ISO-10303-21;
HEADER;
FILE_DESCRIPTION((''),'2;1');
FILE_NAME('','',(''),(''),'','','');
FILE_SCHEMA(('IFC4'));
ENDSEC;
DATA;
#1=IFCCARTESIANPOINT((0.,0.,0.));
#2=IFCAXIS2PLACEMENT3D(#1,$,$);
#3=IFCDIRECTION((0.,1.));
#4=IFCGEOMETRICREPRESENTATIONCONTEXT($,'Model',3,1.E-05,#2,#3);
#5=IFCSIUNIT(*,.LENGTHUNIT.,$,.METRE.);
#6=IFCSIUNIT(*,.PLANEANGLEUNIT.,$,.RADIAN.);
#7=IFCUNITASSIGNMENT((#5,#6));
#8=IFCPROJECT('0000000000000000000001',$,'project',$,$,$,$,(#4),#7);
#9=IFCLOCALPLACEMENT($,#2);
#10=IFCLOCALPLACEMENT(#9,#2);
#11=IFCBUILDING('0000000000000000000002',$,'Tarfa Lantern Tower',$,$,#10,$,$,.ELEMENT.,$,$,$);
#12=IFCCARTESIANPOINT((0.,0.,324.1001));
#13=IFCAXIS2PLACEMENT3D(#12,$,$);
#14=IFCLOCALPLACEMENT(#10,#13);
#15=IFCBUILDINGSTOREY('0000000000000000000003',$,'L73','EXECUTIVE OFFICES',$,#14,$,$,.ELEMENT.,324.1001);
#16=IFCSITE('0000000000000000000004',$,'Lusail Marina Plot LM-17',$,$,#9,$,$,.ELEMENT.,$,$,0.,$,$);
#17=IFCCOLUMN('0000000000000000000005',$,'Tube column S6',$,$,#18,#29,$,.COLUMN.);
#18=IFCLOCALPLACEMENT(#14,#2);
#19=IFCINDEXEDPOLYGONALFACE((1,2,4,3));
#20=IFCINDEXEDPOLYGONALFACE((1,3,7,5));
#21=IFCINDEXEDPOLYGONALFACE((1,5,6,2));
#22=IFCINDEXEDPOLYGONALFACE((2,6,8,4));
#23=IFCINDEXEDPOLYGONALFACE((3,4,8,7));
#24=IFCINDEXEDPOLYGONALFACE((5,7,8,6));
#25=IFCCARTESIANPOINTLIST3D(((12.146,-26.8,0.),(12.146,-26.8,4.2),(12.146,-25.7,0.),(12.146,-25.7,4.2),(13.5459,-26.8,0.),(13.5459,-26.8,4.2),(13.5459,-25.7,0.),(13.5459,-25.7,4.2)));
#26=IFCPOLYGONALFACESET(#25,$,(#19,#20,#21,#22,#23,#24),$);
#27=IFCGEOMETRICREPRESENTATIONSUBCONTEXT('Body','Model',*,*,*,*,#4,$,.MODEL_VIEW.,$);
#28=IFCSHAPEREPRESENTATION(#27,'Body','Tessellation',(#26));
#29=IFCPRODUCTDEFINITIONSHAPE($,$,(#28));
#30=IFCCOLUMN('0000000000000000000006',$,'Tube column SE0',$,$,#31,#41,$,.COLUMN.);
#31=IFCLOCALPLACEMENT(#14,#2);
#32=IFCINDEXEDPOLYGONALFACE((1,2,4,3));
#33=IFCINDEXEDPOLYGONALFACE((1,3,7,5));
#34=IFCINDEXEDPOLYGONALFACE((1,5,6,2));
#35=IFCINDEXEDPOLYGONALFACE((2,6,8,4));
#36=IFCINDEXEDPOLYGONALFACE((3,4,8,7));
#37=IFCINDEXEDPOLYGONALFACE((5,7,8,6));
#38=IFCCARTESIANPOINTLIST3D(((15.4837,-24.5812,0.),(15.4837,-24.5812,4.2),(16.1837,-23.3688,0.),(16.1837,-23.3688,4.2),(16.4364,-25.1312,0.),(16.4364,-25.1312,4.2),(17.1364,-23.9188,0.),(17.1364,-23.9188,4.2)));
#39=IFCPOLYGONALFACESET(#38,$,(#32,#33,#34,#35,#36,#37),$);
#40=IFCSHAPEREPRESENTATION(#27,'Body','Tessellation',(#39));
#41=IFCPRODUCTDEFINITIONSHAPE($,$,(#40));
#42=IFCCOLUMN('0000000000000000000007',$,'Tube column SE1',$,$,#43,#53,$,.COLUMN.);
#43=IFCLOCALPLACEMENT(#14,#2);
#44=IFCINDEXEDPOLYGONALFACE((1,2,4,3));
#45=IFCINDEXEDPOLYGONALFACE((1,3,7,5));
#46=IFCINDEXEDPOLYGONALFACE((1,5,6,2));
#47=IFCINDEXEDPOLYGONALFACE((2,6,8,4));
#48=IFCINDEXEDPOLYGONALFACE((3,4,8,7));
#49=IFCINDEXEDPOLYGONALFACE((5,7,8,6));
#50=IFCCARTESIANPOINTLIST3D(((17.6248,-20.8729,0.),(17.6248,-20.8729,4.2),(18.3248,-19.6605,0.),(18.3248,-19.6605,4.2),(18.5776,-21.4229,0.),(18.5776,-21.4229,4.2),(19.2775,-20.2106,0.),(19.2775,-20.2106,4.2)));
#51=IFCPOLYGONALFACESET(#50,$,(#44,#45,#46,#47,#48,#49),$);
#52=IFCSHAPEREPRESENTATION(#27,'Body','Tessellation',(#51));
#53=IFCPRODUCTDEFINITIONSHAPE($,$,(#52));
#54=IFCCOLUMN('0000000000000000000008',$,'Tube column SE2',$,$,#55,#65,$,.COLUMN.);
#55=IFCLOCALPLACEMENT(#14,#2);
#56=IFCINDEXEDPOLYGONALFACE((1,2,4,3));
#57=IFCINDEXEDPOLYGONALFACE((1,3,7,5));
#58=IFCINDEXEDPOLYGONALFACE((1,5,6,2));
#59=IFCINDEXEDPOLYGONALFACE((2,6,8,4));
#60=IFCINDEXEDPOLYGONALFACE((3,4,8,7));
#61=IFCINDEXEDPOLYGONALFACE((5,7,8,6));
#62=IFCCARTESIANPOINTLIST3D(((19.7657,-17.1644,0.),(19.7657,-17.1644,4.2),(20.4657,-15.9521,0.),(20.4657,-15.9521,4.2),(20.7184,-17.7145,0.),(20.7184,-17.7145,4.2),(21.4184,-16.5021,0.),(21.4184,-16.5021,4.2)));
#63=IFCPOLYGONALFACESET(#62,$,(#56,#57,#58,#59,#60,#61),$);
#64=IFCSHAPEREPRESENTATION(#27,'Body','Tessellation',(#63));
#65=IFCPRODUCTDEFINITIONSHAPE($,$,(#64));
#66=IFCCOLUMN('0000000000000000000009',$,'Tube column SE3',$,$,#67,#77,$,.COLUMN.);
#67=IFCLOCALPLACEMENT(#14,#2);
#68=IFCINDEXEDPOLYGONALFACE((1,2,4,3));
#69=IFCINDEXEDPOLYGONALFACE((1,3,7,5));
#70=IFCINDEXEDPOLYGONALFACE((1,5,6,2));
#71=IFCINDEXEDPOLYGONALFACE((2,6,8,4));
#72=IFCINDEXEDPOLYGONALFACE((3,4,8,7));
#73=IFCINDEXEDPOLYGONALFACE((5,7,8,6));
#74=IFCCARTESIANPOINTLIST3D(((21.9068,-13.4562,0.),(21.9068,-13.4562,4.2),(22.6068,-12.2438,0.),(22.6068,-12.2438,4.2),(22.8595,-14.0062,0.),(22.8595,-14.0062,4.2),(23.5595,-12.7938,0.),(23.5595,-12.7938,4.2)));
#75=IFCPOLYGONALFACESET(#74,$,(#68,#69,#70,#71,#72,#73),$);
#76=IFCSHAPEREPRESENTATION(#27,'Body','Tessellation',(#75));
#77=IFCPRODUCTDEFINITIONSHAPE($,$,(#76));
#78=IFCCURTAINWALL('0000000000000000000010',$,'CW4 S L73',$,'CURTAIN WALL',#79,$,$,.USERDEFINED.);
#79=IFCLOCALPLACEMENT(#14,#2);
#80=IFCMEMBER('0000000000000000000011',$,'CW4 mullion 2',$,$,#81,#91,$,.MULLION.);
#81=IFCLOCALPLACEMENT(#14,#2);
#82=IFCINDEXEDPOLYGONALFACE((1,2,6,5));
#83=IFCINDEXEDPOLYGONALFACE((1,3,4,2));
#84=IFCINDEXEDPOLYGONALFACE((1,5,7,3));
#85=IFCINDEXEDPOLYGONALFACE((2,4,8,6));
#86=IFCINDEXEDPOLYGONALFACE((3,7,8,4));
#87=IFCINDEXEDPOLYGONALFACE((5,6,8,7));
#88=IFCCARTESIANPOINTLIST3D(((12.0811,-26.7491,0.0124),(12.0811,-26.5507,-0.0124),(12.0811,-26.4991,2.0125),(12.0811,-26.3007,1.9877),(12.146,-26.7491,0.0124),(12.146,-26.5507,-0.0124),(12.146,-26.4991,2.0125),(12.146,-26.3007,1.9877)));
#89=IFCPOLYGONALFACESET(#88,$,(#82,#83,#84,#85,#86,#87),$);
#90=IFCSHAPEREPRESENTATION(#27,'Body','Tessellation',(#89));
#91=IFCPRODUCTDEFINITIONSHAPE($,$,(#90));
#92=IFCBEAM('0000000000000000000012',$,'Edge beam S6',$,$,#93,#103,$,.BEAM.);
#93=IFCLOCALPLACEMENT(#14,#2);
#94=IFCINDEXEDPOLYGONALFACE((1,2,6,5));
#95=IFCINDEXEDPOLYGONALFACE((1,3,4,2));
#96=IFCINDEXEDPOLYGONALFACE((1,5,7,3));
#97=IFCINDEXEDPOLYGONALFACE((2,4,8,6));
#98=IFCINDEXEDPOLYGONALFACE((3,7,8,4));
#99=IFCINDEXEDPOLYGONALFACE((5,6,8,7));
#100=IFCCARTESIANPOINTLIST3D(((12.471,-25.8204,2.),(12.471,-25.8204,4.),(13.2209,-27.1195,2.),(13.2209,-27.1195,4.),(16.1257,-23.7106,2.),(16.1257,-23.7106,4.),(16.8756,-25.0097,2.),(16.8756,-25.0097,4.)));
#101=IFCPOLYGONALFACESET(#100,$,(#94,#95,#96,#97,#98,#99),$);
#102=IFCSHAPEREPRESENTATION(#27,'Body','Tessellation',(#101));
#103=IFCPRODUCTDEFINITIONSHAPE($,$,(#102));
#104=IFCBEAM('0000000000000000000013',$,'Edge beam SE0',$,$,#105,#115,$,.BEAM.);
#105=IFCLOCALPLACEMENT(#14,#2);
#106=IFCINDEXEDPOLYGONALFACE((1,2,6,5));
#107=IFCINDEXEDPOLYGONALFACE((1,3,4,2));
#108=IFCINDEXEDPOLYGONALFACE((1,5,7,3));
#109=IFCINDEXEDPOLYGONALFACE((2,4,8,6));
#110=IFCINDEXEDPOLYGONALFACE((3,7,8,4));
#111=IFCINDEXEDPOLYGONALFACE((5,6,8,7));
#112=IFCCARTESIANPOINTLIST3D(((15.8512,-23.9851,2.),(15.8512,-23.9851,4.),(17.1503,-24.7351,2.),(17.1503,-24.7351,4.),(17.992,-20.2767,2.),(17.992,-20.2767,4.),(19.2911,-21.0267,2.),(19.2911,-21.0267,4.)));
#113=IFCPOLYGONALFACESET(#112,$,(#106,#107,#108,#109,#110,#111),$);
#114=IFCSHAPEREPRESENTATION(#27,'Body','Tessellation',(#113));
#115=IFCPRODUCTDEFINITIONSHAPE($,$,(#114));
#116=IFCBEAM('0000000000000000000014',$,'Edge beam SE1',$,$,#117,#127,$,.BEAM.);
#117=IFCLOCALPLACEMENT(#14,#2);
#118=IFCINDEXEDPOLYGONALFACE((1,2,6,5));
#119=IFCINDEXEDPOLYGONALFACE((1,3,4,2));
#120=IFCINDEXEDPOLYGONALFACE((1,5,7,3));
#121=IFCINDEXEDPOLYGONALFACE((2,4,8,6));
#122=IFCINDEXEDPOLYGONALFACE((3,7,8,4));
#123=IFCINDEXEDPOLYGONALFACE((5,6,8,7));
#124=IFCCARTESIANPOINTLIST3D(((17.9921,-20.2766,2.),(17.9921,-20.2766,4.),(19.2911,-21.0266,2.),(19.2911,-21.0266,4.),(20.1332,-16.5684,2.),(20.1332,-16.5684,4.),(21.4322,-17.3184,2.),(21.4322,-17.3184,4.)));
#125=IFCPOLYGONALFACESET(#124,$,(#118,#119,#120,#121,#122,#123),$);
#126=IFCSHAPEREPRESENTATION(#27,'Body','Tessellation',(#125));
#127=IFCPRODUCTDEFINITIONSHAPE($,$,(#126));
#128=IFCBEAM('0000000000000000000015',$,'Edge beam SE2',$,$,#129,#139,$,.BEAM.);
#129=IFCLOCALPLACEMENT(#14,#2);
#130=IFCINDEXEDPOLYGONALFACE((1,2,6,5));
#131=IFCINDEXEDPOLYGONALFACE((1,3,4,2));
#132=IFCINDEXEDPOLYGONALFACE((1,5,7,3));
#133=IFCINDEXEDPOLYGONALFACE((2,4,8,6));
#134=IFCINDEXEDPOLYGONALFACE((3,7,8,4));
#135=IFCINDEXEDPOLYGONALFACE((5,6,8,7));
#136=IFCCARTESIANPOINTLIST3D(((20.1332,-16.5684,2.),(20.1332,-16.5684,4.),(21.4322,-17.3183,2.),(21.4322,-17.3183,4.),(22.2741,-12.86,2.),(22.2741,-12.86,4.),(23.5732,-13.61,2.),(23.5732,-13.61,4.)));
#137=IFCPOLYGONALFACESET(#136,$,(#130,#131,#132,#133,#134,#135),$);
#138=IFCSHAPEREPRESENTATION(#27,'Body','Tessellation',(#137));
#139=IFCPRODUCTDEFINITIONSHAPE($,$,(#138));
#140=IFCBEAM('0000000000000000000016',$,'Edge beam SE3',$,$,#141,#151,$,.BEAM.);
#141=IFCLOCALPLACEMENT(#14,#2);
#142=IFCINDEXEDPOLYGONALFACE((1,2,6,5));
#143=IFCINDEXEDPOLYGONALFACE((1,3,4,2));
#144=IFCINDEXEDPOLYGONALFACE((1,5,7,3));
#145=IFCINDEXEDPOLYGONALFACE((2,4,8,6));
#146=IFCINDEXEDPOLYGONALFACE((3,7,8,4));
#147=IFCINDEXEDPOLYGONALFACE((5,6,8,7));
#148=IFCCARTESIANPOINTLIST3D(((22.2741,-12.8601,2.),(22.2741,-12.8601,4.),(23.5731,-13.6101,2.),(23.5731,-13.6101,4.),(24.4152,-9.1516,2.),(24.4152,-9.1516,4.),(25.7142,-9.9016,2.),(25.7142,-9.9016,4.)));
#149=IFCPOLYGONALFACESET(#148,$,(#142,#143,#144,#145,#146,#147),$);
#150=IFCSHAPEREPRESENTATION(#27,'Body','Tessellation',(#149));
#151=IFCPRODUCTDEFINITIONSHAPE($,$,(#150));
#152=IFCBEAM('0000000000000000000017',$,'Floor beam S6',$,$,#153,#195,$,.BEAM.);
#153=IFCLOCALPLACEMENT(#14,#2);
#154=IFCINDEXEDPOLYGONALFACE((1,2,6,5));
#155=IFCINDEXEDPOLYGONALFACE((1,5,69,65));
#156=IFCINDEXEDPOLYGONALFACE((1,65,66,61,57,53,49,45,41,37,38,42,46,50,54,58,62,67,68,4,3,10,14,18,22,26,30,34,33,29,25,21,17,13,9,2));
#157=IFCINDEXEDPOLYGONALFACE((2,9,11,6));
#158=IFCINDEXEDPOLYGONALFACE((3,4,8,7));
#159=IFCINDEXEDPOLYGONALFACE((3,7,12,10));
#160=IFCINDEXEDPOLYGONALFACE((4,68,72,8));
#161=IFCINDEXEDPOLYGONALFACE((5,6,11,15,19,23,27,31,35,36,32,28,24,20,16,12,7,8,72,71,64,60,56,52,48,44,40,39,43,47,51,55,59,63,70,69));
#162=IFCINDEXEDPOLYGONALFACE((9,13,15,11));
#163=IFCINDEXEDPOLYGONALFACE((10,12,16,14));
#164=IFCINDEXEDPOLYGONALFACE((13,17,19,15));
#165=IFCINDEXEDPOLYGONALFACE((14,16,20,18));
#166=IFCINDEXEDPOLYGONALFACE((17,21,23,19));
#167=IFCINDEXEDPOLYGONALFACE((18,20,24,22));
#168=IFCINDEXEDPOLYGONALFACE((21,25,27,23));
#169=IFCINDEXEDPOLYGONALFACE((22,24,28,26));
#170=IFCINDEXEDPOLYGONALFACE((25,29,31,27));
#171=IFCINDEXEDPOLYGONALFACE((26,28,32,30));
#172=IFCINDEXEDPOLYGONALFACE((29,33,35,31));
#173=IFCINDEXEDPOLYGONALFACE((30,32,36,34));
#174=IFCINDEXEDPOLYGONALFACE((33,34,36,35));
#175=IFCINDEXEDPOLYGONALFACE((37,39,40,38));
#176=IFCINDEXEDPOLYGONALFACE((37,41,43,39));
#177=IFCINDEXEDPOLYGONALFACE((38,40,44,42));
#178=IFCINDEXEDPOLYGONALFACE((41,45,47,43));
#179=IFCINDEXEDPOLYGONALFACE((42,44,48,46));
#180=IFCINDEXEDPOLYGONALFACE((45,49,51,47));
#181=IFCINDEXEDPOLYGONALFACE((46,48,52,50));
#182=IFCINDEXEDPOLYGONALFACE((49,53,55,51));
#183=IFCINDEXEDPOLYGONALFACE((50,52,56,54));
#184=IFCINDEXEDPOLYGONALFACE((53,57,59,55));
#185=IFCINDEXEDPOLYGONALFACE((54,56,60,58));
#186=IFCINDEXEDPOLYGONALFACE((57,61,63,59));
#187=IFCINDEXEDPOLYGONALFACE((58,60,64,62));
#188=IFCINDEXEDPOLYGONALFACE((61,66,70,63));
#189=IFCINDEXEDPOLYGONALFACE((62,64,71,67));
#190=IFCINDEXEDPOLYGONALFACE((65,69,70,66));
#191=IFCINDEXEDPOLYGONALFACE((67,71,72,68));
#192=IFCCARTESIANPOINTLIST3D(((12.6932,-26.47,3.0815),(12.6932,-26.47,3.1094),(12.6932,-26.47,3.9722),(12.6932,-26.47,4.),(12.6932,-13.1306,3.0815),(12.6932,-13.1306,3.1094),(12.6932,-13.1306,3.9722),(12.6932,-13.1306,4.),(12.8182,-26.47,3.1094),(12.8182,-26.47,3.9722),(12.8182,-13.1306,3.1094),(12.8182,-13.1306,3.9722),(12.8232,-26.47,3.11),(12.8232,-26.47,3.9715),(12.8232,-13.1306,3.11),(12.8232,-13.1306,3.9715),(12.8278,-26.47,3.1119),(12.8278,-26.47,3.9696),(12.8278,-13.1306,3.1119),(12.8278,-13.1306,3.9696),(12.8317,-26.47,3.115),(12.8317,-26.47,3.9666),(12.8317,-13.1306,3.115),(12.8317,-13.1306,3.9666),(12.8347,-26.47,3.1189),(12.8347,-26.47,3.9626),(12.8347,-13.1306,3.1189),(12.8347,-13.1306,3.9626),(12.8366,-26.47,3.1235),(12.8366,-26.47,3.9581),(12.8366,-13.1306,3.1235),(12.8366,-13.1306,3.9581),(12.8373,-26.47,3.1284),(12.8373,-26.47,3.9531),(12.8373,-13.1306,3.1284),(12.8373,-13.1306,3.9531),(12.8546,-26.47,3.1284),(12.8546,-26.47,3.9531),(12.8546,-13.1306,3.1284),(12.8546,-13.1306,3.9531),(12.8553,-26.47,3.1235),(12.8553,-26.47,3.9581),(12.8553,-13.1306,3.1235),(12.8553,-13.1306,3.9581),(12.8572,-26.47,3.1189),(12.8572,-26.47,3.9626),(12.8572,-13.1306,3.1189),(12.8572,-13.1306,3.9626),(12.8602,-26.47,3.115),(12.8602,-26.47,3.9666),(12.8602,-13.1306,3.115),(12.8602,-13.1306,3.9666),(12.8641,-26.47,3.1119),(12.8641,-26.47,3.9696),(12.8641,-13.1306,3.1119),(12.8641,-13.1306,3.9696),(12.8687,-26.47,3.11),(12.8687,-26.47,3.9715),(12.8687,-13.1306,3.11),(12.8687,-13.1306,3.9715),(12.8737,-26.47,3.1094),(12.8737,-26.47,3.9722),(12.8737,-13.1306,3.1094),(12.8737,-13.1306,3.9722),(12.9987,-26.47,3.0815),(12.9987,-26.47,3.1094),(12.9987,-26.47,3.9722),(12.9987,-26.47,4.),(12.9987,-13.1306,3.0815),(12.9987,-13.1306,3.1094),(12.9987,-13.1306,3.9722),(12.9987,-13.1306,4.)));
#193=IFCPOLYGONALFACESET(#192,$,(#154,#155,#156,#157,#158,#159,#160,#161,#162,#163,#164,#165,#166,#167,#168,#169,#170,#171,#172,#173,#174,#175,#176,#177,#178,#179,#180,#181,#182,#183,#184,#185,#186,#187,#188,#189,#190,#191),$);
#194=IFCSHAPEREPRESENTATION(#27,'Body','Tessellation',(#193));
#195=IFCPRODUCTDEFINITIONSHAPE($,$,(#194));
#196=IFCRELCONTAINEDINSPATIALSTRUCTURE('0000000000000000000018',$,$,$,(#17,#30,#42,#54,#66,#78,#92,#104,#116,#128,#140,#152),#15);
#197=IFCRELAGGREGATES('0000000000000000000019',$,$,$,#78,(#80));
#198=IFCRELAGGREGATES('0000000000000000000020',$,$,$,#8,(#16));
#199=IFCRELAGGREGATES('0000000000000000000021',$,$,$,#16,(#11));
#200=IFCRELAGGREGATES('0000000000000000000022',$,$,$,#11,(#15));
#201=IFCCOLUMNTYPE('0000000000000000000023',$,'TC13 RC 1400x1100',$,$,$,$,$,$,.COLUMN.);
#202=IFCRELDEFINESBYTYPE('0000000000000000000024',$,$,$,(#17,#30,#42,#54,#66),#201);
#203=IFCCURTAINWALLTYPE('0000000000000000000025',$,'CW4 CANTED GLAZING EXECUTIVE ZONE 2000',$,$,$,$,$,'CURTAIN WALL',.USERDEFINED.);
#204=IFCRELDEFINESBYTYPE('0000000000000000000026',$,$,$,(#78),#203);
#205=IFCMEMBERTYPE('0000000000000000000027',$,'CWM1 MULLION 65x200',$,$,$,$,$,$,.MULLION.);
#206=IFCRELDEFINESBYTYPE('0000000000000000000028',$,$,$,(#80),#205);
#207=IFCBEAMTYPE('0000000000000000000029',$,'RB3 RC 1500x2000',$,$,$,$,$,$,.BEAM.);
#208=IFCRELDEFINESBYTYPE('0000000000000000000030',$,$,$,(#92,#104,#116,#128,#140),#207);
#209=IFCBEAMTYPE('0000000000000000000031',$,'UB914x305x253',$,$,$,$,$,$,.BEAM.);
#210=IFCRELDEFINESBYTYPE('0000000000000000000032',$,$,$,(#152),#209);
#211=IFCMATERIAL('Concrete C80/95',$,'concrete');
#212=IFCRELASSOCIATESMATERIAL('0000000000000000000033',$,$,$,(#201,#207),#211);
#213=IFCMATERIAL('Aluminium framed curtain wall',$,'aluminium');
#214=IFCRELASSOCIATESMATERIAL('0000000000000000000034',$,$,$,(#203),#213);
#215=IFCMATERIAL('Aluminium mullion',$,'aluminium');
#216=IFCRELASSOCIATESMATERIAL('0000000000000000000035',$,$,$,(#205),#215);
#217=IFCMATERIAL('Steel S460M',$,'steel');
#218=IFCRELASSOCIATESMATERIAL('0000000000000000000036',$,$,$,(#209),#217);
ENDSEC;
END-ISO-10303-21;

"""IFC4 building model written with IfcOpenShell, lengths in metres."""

from ifc_helpers import new_model, si_unit, direction, frame, origin, origin_2d, place, context, subcontext, project, spatial, rectangle, i_section, extrude, material, material_profile, profile_set, type_object, element, aggregate, save


model = new_model("IFC4")

# Units and contexts
model_context = context("Model", 3, precision=1e-05, world=origin(), true_north=direction((0.0, 1.0)))
body_context = subcontext(model_context, "Body", "Model", "MODEL_VIEW")
ifc_project = project(units=[si_unit("LENGTHUNIT", "METRE"), si_unit("PLANEANGLEUNIT", "RADIAN")], contexts=[model_context])

# Site, building, storey
site_placement = place(None, origin())
site = spatial("IfcSite", under=ifc_project, at=site_placement, Name="Lusail Marina Plot LM-17", CompositionType="ELEMENT", RefElevation=0.0)
building_placement = place(site_placement, origin())
building = spatial("IfcBuilding", under=site, at=building_placement, Name="Tarfa Lantern Tower", CompositionType="ELEMENT")
storey_placement = place(building_placement, frame((0.0, 0.0, 324.1001)))
storey = spatial("IfcBuildingStorey", under=building, at=storey_placement, Name="L73", Description="EXECUTIVE OFFICES", CompositionType="ELEMENT", Elevation=324.1001)

# Columns
ifc_material_1 = material(Name="Concrete C80/95", Category="concrete")
ifc_material_profile_1 = material_profile(ifc_material_1, rectangle(XDim=1.3999, YDim=1.1001, at=origin_2d()), Name="RC 1400x1100")
ifc_profile_set_1 = profile_set([ifc_material_profile_1], Name="Concrete C80/95")
column_type = type_object("IfcColumnType", Name="TC13 RC 1400x1100", PredefinedType="COLUMN", material=ifc_profile_set_1)
for number, where, z_axis, x_axis, name in (
    (1, (12.8459, -26.25, 0.0), (0.0, 0.0, 1.0), (1.0, 0.0, 0.0), "Tube column S6"),
    (2, (16.3101, -24.25, 0.0), (0.0, 0.0, 1.0), (0.5, 0.866025, 0.0), "Tube column SE0"),
    (3, (18.4512, -20.5417, 0.0), (0.0, 0.0, 1.0), (0.5, 0.866025, 0.0), "Tube column SE1"),
    (4, (20.592, -16.8333, 0.0), (0.0, 0.0, 1.0), (0.5, 0.866025, 0.0), "Tube column SE2"),
    (5, (22.7332, -13.125, 0.0), (0.0, 0.0, 1.0), (0.5, 0.866025, 0.0), "Tube column SE3"),
):
    element("IfcColumn", number, at=place(storey_placement, frame(where, z_axis=z_axis, x_axis=x_axis)), inside=storey, type_object=column_type, Name=name, PredefinedType="COLUMN", context=body_context, shape_type="SweptSolid", body=[
        extrude(rectangle(XDim=1.3999, YDim=1.1001, at=origin_2d()), origin(), (0.0, 0.0, 1.0), 4.2),
    ])

# Curtain wall, member
ifc_material_2 = material(Name="Aluminium framed curtain wall", Category="aluminium")
curtain_wall_type = type_object("IfcCurtainWallType", Name="CW4 CANTED GLAZING EXECUTIVE ZONE 2000", ElementType="CURTAIN WALL", PredefinedType="USERDEFINED", material=ifc_material_2)
curtain_wall_placement = place(storey_placement, origin())
curtain_wall = element("IfcCurtainWall", 6, at=curtain_wall_placement, inside=storey, type_object=curtain_wall_type, Name="CW4 S L73", ObjectType="CURTAIN WALL", PredefinedType="USERDEFINED")
ifc_material_3 = material(Name="Aluminium mullion", Category="aluminium")
ifc_material_profile_2 = material_profile(ifc_material_3, rectangle(XDim=0.0649, YDim=0.2, at=origin_2d()), Name="AL MULLION 65x200")
ifc_profile_set_2 = profile_set([ifc_material_profile_2], Name="Aluminium mullion")
member_type = type_object("IfcMemberType", Name="CWM1 MULLION 65x200", PredefinedType="MULLION", material=ifc_profile_set_2)
member_placement = place(storey_placement, frame((12.1135, -26.6499, 0.0), z_axis=(0.0, 0.124035, 0.992278), x_axis=(-1.0, 0.0, 0.0)))
member = element("IfcMember", 7, at=member_placement, type_object=member_type, Name="CW4 mullion 2", PredefinedType="MULLION", context=body_context, shape_type="SweptSolid", body=[
    extrude(rectangle(XDim=0.0649, YDim=0.2, at=origin_2d()), origin(), (0.0, 0.0, 1.0), 2.0156),
])
aggregate(curtain_wall, [member])

# Beams
ifc_material_profile_3 = material_profile(ifc_material_1, rectangle(XDim=1.5, YDim=2.0, at=origin_2d()), Name="RC 1500x2000")
ifc_profile_set_3 = profile_set([ifc_material_profile_3], Name="Concrete C80/95")
beam_type_1 = type_object("IfcBeamType", Name="RB3 RC 1500x2000", PredefinedType="BEAM", material=ifc_profile_set_3)
beam_1_placement = place(storey_placement, frame((12.8459, -26.47, 3.0), z_axis=(0.866049, 0.499959, 0.0), x_axis=(-0.499959, 0.866049, 0.0)))
element("IfcBeam", 8, at=beam_1_placement, inside=storey, type_object=beam_type_1, Name="Edge beam S6", PredefinedType="BEAM", context=body_context, shape_type="SweptSolid", body=[
    extrude(rectangle(XDim=1.5, YDim=2.0, at=origin_2d()), origin(), (0.0, 0.0, 1.0), 4.22),
])
for number, where, z_axis, x_axis, name in (
    (9, (16.5007, -24.3601, 3.0), (0.499959, 0.866049, 0.0), (-0.866049, 0.499959, 0.0), "Edge beam SE0"),
    (10, (18.6416, -20.6516, 3.0), (0.500027, 0.86601, 0.0), (-0.86601, 0.500027, 0.0), "Edge beam SE1"),
    (11, (20.7827, -16.9434, 3.0), (0.499984, 0.866035, 0.0), (-0.866035, 0.499984, 0.0), "Edge beam SE2"),
):
    element("IfcBeam", number, at=place(storey_placement, frame(where, z_axis=z_axis, x_axis=x_axis)), inside=storey, type_object=beam_type_1, Name=name, PredefinedType="BEAM", context=body_context, shape_type="SweptSolid", body=[
        extrude(rectangle(XDim=1.5, YDim=2.0, at=origin_2d()), origin(), (0.0, 0.0, 1.0), 4.282),
    ])
beam_2_placement = place(storey_placement, frame((22.9236, -13.2351, 3.0), z_axis=(0.500002, 0.866024, 0.0), x_axis=(-0.866024, 0.500002, 0.0)))
element("IfcBeam", 12, at=beam_2_placement, inside=storey, type_object=beam_type_1, Name="Edge beam SE3", PredefinedType="BEAM", context=body_context, shape_type="SweptSolid", body=[
    extrude(rectangle(XDim=1.5, YDim=2.0, at=origin_2d()), origin(), (0.0, 0.0, 1.0), 4.2822),
])
ifc_material_4 = material(Name="Steel S460M", Category="steel")
ifc_material_profile_4 = material_profile(ifc_material_4, i_section(OverallWidth=0.3054, OverallDepth=0.9185, WebThickness=0.0173, FlangeThickness=0.0278, FilletRadius=0.019, at=origin_2d()), Name="UB914x305x253")
ifc_profile_set_4 = profile_set([ifc_material_profile_4], Name="Steel S460M")
beam_type_2 = type_object("IfcBeamType", Name="UB914x305x253", PredefinedType="BEAM", material=ifc_profile_set_4)
beam_3_placement = place(storey_placement, frame((12.8459, -26.47, 3.5408), z_axis=(0.0, 1.0, 0.0), x_axis=(-1.0, 0.0, 0.0)))
element("IfcBeam", 13, at=beam_3_placement, inside=storey, type_object=beam_type_2, Name="Floor beam S6", PredefinedType="BEAM", context=body_context, shape_type="SweptSolid", body=[
    extrude(i_section(OverallWidth=0.3054, OverallDepth=0.9185, WebThickness=0.0173, FlangeThickness=0.0278, FilletRadius=0.019, at=origin_2d()), origin(), (0.0, 0.0, 1.0), 13.3394),
])

save(model, "model.ifc")
